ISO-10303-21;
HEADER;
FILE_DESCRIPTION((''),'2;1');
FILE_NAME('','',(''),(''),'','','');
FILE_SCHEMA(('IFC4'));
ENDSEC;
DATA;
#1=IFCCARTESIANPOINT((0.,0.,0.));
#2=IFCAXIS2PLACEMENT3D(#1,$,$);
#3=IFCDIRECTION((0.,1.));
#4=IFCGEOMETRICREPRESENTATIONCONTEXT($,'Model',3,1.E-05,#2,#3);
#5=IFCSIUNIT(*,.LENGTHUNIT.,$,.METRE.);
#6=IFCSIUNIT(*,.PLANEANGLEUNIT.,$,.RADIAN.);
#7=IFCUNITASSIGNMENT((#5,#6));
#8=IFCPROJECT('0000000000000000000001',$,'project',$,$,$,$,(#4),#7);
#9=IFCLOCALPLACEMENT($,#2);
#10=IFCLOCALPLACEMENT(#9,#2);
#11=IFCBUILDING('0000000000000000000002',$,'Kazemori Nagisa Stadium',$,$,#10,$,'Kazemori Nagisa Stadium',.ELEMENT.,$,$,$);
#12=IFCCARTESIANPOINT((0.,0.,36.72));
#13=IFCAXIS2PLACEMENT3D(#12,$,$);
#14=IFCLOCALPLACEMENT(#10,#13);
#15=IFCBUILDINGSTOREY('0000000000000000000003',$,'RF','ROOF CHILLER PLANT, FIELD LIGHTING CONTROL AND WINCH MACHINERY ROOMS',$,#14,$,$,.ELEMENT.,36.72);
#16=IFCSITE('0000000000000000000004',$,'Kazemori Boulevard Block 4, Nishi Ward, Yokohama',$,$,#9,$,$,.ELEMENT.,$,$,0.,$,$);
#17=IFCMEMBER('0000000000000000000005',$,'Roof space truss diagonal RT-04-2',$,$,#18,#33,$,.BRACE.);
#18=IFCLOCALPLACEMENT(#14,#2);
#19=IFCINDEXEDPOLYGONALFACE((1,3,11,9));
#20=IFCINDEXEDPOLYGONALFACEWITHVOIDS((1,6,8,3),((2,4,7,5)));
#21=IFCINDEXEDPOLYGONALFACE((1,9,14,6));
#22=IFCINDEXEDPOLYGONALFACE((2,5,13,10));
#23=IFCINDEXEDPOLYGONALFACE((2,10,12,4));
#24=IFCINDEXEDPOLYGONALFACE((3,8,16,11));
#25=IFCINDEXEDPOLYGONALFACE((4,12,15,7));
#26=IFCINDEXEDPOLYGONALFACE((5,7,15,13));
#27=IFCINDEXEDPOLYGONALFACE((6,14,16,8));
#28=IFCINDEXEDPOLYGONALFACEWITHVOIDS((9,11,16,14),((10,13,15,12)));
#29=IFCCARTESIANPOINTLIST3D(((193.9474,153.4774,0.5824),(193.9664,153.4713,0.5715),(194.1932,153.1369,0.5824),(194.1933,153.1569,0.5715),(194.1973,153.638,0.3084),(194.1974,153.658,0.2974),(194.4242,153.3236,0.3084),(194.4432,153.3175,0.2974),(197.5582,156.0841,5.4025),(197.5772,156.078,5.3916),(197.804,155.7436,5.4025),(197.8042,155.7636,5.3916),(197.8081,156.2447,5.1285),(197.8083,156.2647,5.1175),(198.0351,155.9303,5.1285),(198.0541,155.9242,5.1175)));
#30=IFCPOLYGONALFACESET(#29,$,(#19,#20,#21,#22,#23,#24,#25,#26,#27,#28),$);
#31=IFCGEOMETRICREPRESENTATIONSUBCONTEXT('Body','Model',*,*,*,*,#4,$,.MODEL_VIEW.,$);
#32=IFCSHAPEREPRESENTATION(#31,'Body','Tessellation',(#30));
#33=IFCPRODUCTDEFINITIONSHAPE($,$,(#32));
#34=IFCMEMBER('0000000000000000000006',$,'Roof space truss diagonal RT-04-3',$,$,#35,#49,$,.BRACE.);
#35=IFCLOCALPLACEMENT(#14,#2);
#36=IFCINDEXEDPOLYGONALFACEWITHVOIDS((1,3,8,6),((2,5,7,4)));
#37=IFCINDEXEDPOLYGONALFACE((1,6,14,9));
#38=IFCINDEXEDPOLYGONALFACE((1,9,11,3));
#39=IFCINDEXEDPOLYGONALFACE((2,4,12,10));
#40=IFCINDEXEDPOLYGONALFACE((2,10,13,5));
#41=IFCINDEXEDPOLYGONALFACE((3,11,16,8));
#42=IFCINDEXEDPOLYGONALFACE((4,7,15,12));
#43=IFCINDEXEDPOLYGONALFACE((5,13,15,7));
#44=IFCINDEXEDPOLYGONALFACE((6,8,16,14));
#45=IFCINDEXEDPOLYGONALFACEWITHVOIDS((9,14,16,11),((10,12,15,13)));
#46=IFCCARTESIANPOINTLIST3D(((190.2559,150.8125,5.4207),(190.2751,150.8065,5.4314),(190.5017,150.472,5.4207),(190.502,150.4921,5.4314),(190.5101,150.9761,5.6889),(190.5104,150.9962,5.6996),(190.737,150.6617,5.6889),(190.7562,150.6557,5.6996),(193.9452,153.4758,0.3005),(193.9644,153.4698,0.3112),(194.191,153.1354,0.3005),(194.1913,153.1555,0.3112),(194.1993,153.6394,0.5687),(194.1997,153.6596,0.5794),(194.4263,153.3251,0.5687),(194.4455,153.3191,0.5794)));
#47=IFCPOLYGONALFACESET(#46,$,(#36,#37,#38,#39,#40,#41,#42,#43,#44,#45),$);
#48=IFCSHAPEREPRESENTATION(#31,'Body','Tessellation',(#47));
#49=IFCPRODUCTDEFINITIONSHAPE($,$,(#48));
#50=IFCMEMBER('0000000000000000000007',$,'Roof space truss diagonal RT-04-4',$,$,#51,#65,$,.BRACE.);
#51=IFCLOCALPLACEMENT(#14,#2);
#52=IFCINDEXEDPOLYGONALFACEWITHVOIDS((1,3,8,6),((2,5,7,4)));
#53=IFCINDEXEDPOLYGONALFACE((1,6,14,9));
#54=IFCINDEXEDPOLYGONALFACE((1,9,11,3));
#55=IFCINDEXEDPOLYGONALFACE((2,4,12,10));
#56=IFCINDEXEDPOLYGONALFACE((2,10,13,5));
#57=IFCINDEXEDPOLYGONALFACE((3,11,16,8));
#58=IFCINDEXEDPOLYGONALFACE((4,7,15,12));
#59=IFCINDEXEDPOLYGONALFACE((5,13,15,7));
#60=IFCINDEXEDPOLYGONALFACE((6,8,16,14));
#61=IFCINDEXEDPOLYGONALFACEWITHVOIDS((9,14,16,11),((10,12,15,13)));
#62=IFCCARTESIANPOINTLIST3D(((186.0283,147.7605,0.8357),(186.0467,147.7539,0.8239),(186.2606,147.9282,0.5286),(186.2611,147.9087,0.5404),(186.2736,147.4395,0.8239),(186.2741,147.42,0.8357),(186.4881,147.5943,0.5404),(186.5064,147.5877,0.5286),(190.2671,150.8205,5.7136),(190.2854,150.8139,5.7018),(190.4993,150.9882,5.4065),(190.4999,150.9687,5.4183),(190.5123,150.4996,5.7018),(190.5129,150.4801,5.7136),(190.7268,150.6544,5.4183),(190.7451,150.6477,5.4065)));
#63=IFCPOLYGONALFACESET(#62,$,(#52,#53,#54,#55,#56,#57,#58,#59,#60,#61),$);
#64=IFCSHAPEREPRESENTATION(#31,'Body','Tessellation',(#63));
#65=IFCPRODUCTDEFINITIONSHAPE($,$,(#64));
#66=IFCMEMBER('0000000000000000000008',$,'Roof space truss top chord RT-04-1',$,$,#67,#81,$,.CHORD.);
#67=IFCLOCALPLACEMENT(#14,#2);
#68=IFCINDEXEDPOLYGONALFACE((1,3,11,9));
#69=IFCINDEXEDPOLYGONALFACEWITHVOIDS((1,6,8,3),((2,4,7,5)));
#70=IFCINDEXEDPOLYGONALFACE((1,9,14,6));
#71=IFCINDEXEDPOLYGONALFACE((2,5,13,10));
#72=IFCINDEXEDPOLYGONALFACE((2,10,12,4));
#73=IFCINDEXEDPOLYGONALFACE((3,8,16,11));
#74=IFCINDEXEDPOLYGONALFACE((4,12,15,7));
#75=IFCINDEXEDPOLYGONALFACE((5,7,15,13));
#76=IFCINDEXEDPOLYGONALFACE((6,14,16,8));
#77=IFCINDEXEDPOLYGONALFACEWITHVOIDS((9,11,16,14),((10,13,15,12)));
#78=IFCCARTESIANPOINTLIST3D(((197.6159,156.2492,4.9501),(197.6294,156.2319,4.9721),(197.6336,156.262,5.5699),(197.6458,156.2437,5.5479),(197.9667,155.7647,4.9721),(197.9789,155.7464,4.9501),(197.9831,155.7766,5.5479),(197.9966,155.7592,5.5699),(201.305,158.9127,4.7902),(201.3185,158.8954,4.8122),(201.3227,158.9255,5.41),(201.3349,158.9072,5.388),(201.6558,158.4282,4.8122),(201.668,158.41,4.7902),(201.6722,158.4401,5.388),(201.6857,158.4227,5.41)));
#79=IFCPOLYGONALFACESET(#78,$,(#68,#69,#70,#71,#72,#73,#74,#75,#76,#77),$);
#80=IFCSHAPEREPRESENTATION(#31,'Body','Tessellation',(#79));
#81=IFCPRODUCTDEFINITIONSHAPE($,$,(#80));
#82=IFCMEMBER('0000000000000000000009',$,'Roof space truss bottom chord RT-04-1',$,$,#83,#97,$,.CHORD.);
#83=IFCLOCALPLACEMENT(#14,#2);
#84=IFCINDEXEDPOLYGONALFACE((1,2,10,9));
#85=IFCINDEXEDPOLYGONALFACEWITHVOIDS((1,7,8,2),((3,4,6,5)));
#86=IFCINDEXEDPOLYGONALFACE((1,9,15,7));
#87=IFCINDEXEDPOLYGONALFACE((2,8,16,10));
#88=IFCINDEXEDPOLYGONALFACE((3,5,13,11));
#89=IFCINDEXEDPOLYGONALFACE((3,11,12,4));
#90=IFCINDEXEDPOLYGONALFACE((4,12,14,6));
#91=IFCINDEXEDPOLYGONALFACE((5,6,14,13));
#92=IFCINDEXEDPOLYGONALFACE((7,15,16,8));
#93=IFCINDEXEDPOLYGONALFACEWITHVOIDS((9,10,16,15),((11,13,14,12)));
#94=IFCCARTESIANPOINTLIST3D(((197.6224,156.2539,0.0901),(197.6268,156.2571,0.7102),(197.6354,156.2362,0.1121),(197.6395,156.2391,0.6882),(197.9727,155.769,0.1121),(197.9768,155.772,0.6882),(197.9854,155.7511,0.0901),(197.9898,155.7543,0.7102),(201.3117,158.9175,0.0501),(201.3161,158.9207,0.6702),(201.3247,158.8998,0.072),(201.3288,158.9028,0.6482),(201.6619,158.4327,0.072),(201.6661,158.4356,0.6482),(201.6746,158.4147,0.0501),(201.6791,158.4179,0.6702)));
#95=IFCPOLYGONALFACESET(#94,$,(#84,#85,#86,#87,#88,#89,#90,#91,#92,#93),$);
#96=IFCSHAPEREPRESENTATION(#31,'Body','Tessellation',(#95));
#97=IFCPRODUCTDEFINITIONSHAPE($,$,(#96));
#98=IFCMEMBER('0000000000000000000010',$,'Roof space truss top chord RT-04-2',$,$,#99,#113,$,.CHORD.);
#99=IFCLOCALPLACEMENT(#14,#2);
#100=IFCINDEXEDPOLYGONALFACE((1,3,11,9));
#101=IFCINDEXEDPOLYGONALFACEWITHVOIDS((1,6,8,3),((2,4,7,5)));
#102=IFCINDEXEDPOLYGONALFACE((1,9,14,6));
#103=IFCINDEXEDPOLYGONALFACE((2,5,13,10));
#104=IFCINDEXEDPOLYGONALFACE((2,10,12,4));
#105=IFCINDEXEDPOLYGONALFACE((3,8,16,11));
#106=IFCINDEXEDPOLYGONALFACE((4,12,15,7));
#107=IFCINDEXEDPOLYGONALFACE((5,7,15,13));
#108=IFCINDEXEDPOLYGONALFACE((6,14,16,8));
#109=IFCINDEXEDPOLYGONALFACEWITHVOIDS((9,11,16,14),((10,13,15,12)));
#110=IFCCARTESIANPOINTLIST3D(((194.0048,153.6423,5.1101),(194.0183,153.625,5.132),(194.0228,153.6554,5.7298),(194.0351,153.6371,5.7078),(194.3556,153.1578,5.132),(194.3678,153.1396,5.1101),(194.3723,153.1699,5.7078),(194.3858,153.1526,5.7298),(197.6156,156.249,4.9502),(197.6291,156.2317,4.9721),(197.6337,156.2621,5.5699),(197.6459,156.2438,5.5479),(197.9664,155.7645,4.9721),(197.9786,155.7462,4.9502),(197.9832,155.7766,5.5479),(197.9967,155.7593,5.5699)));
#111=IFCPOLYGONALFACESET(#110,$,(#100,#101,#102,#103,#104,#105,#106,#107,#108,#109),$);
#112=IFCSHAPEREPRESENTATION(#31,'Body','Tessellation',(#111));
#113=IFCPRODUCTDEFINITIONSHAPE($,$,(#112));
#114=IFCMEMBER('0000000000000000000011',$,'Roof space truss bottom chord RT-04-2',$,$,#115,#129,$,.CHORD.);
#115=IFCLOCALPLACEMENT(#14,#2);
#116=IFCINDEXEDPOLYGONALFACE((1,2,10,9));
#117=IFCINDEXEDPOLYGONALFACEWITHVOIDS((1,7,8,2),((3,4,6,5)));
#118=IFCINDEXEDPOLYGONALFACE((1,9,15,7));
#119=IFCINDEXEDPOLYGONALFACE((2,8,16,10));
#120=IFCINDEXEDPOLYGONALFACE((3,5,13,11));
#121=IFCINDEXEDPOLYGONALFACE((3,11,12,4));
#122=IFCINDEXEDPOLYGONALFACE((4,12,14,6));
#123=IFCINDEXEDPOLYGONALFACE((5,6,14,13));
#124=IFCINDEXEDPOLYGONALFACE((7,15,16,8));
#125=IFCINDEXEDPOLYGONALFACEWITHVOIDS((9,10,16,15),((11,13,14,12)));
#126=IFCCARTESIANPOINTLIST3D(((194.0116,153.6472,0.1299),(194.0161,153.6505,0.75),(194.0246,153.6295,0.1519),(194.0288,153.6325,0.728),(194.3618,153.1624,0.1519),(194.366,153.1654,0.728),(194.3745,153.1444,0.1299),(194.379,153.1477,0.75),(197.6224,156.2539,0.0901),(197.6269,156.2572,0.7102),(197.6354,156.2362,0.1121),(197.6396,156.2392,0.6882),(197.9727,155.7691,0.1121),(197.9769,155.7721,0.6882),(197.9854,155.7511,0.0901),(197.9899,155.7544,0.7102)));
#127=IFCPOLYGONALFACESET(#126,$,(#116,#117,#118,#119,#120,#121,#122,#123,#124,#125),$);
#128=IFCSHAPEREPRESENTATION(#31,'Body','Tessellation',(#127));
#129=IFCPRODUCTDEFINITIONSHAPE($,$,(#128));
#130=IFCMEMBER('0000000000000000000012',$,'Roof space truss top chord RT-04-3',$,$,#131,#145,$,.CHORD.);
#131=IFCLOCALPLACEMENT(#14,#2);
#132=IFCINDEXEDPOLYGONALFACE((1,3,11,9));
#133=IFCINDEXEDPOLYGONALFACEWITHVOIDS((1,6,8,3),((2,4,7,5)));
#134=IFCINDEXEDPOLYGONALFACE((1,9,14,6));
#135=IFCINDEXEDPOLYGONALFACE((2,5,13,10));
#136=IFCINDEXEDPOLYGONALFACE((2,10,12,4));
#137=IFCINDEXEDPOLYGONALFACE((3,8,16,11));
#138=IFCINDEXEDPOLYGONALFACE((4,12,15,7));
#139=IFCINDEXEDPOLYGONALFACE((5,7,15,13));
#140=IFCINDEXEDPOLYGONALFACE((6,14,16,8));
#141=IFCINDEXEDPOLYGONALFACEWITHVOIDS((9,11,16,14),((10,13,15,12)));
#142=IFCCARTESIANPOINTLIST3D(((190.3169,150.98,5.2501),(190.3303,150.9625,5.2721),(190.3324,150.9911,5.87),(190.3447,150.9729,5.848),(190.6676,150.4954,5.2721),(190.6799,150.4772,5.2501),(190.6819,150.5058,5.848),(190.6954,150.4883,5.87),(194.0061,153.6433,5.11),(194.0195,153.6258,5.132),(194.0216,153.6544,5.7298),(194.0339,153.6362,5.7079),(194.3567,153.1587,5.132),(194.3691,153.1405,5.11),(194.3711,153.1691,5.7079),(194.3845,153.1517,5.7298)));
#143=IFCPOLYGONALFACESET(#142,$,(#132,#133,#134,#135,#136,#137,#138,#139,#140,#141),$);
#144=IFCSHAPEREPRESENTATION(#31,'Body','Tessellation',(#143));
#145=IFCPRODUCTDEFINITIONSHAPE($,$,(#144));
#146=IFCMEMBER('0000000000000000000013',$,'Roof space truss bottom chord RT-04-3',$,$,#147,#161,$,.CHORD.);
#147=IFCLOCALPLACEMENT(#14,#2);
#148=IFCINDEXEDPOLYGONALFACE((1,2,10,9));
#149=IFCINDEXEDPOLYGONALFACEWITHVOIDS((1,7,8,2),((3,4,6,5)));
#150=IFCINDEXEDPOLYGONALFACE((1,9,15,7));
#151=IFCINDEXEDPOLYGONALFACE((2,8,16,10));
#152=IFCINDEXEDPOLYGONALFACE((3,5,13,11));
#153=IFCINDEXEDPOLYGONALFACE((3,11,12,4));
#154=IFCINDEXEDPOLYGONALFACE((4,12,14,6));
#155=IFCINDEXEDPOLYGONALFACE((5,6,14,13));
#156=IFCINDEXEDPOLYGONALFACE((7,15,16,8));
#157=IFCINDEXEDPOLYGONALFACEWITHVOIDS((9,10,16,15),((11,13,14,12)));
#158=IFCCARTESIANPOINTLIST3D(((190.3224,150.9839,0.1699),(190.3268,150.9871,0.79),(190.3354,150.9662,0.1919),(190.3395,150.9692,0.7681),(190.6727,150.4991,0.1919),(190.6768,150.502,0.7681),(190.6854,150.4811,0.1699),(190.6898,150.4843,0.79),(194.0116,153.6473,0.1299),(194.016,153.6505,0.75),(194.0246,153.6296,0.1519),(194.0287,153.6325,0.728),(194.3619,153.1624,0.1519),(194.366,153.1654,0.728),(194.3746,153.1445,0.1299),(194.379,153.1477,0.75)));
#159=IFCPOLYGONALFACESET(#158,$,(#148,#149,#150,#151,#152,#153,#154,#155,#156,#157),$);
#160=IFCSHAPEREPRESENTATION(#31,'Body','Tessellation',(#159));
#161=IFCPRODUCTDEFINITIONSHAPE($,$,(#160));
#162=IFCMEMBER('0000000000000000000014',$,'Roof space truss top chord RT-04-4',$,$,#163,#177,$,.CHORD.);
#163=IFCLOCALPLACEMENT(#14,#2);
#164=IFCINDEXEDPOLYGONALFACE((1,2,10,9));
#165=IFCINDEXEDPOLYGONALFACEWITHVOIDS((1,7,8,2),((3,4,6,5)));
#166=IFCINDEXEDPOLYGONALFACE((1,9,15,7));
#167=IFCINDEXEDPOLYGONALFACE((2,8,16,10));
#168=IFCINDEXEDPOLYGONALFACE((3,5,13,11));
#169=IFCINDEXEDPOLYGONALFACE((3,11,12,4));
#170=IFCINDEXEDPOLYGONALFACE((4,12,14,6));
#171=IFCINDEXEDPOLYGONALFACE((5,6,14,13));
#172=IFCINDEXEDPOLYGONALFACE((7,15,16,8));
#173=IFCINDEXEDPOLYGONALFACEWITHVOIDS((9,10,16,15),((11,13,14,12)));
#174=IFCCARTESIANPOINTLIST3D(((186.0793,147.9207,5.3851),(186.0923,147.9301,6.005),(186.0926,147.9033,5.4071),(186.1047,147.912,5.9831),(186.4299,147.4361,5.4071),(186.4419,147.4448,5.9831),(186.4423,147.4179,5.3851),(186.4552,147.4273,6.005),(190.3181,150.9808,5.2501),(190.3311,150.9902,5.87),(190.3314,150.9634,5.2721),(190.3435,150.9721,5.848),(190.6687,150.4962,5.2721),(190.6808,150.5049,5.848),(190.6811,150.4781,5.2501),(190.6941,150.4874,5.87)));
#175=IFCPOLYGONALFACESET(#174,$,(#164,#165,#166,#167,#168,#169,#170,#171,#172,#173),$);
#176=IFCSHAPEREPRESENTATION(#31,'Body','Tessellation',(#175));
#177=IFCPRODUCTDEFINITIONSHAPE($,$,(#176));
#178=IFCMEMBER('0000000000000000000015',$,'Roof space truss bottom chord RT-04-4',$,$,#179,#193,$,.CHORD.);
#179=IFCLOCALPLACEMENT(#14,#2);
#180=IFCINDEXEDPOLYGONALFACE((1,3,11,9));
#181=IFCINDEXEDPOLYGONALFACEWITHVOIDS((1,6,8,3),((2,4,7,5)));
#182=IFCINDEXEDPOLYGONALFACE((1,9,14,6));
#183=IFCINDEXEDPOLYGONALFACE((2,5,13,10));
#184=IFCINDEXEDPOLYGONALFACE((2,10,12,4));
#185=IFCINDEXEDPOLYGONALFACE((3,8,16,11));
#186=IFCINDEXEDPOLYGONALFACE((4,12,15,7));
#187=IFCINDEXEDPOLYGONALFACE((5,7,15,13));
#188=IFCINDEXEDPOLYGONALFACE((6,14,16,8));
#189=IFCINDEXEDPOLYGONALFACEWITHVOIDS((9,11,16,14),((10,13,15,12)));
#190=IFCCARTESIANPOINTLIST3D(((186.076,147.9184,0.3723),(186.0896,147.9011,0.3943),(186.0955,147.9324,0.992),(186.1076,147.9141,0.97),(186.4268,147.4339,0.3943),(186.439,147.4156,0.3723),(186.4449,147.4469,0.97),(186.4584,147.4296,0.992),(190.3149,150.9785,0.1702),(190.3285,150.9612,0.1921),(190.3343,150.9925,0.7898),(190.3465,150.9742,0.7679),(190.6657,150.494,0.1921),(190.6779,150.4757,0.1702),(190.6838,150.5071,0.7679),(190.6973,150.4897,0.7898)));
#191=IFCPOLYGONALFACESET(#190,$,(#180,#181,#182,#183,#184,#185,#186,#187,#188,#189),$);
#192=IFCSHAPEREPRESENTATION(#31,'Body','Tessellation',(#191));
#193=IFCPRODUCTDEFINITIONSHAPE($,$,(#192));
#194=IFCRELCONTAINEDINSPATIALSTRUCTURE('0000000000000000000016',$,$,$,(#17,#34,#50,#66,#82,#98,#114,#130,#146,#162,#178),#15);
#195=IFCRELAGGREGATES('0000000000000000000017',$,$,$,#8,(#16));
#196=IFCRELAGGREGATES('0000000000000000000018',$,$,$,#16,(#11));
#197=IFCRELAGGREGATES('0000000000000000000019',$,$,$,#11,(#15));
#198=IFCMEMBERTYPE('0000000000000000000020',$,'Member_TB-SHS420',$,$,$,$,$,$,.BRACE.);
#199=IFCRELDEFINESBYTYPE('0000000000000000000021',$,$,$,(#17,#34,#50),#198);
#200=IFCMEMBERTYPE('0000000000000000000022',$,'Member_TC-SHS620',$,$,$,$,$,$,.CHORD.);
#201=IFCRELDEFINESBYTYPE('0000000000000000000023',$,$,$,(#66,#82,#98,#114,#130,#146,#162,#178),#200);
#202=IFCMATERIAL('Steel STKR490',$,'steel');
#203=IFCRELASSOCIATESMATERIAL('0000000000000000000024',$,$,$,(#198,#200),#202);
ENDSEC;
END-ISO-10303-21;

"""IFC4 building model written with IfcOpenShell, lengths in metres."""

from ifc_helpers import new_model, si_unit, direction, frame, origin, origin_2d, place, context, subcontext, project, spatial, hollow_rectangle, extrude, material, material_profile, profile_set, type_object, element, save


model = new_model("IFC4")

# Units and contexts
model_context = context("Model", 3, precision=1e-05, world=origin(), true_north=direction((0.0, 1.0)))
body_context = subcontext(model_context, "Body", "Model", "MODEL_VIEW")
ifc_project = project(units=[si_unit("LENGTHUNIT", "METRE"), si_unit("PLANEANGLEUNIT", "RADIAN")], contexts=[model_context])

# Site, building, storey
site_placement = place(None, origin())
site = spatial("IfcSite", under=ifc_project, at=site_placement, Name="Kazemori Boulevard Block 4, Nishi Ward, Yokohama", CompositionType="ELEMENT", RefElevation=0.0)
building_placement = place(site_placement, origin())
building = spatial("IfcBuilding", under=site, at=building_placement, Name="Kazemori Nagisa Stadium", LongName="Kazemori Nagisa Stadium", CompositionType="ELEMENT")
storey_placement = place(building_placement, frame((0.0, 0.0, 36.72)))
storey = spatial("IfcBuildingStorey", under=building, at=storey_placement, Name="RF", Description="ROOF CHILLER PLANT, FIELD LIGHTING CONTROL AND WINCH MACHINERY ROOMS", CompositionType="ELEMENT", Elevation=36.72)

# Members
ifc_material_1 = material(Name="Steel STKR490", Category="steel")
ifc_material_profile_1 = material_profile(ifc_material_1, hollow_rectangle(XDim=0.4199, YDim=0.4199, WallThickness=0.0161, at=origin_2d()), Name="SHS-420x420x16")
ifc_profile_set_1 = profile_set([ifc_material_profile_1], Name="Steel STKR490")
member_type_1 = type_object("IfcMemberType", Name="Member_TB-SHS420", PredefinedType="BRACE", material=ifc_profile_set_1)
member_1_placement = place(storey_placement, frame((197.8062, 156.0042, 5.26), z_axis=(-0.550225, -0.397211, -0.73449), x_axis=(0.585322, -0.810801, 0.0)))
element("IfcMember", 1, at=member_1_placement, inside=storey, type_object=member_type_1, Name="Roof space truss diagonal RT-04-2", PredefinedType="BRACE", context=body_context, shape_type="SweptSolid", body=[
    extrude(hollow_rectangle(XDim=0.4199, YDim=0.4199, WallThickness=0.0161, at=origin_2d()), origin(), (0.0, 0.0, 1.0), 6.5625),
])
member_2_placement = place(storey_placement, frame((194.1953, 153.3975, 0.4399), z_axis=(-0.53859, -0.388821, 0.747489), x_axis=(0.585332, -0.810794, 0.0)))
element("IfcMember", 2, at=member_2_placement, inside=storey, type_object=member_type_1, Name="Roof space truss diagonal RT-04-3", PredefinedType="BRACE", context=body_context, shape_type="SweptSolid", body=[
    extrude(hollow_rectangle(XDim=0.4199, YDim=0.4199, WallThickness=0.0161, at=origin_2d()), origin(), (0.0, 0.0, 1.0), 6.8499),
])
member_3_placement = place(storey_placement, frame((190.5061, 150.7341, 5.5601), z_axis=(-0.592819, -0.427968, -0.682209), x_axis=(0.58533, -0.810795, 0.0)))
element("IfcMember", 3, at=member_3_placement, inside=storey, type_object=member_type_1, Name="Roof space truss diagonal RT-04-4", PredefinedType="BRACE", context=body_context, shape_type="SweptSolid", body=[
    extrude(hollow_rectangle(XDim=0.4199, YDim=0.4199, WallThickness=0.0161, at=origin_2d()), origin(), (0.0, 0.0, 1.0), 7.1501),
])
ifc_material_profile_2 = material_profile(ifc_material_1, hollow_rectangle(XDim=0.6201, YDim=0.6201, WallThickness=0.022, at=origin_2d()), Name="SHS-620x620x22")
ifc_profile_set_2 = profile_set([ifc_material_profile_2], Name="Steel STKR490")
member_type_2 = type_object("IfcMemberType", Name="Member_TC-SHS620", PredefinedType="CHORD", material=ifc_profile_set_2)
member_4_placement = place(storey_placement, frame((201.4954, 158.6677, 5.1001), z_axis=(-0.810268, -0.585006, 0.035122), x_axis=(0.585367, -0.810768, 0.0)))
element("IfcMember", 4, at=member_4_placement, inside=storey, type_object=member_type_2, Name="Roof space truss top chord RT-04-1", PredefinedType="CHORD", context=body_context, shape_type="SweptSolid", body=[
    extrude(hollow_rectangle(XDim=0.6201, YDim=0.6201, WallThickness=0.022, at=origin_2d()), origin(), (0.0, 0.0, 1.0), 4.553),
])
member_5_placement = place(storey_placement, frame((201.4954, 158.6677, 0.3601), z_axis=(-0.810737, -0.585344, 0.008799), x_axis=(0.585367, -0.810768, 0.0)))
element("IfcMember", 5, at=member_5_placement, inside=storey, type_object=member_type_2, Name="Roof space truss bottom chord RT-04-1", PredefinedType="CHORD", context=body_context, shape_type="SweptSolid", body=[
    extrude(hollow_rectangle(XDim=0.6201, YDim=0.6201, WallThickness=0.022, at=origin_2d()), origin(), (0.0, 0.0, 1.0), 4.5505),
])
member_6_placement = place(storey_placement, frame((197.8062, 156.0042, 5.26), z_axis=(-0.810278, -0.584945, 0.035885), x_axis=(0.585322, -0.810801, 0.0)))
element("IfcMember", 6, at=member_6_placement, inside=storey, type_object=member_type_2, Name="Roof space truss top chord RT-04-2", PredefinedType="CHORD", context=body_context, shape_type="SweptSolid", body=[
    extrude(hollow_rectangle(XDim=0.6201, YDim=0.6201, WallThickness=0.022, at=origin_2d()), origin(), (0.0, 0.0, 1.0), 4.4563),
])
member_7_placement = place(storey_placement, frame((197.8062, 156.0042, 0.4001), z_axis=(-0.810768, -0.585299, 0.008935), x_axis=(0.585322, -0.810801, 0.0)))
element("IfcMember", 7, at=member_7_placement, inside=storey, type_object=member_type_2, Name="Roof space truss bottom chord RT-04-2", PredefinedType="CHORD", context=body_context, shape_type="SweptSolid", body=[
    extrude(hollow_rectangle(XDim=0.6201, YDim=0.6201, WallThickness=0.022, at=origin_2d()), origin(), (0.0, 0.0, 1.0), 4.4536),
])
member_8_placement = place(storey_placement, frame((194.1953, 153.3975, 5.4199), z_axis=(-0.81041, -0.585054, 0.030784), x_axis=(0.585332, -0.810794, 0.0)))
element("IfcMember", 8, at=member_8_placement, inside=storey, type_object=member_type_2, Name="Roof space truss top chord RT-04-3", PredefinedType="CHORD", context=body_context, shape_type="SweptSolid", body=[
    extrude(hollow_rectangle(XDim=0.6201, YDim=0.6201, WallThickness=0.022, at=origin_2d()), origin(), (0.0, 0.0, 1.0), 4.5522),
])
member_9_placement = place(storey_placement, frame((194.1953, 153.3975, 0.4399), z_axis=(-0.810762, -0.585309, 0.008799), x_axis=(0.585332, -0.810794, 0.0)))
element("IfcMember", 9, at=member_9_placement, inside=storey, type_object=member_type_2, Name="Roof space truss bottom chord RT-04-3", PredefinedType="CHORD", context=body_context, shape_type="SweptSolid", body=[
    extrude(hollow_rectangle(XDim=0.6201, YDim=0.6201, WallThickness=0.022, at=origin_2d()), origin(), (0.0, 0.0, 1.0), 4.5503),
])
member_10_placement = place(storey_placement, frame((190.5061, 150.7341, 5.5601), z_axis=(-0.810525, -0.585135, 0.025816), x_axis=(0.58533, -0.810795, 0.0)))
element("IfcMember", 10, at=member_10_placement, inside=storey, type_object=member_type_2, Name="Roof space truss top chord RT-04-4", PredefinedType="CHORD", context=body_context, shape_type="SweptSolid", body=[
    extrude(hollow_rectangle(XDim=0.6201, YDim=0.6201, WallThickness=0.022, at=origin_2d()), origin(), (0.0, 0.0, 1.0), 5.2297),
])
member_11_placement = place(storey_placement, frame((190.5061, 150.7341, 0.48), z_axis=(-0.81019, -0.584893, 0.038638), x_axis=(0.58533, -0.810795, 0.0)))
element("IfcMember", 11, at=member_11_placement, inside=storey, type_object=member_type_2, Name="Roof space truss bottom chord RT-04-4", PredefinedType="CHORD", context=body_context, shape_type="SweptSolid", body=[
    extrude(hollow_rectangle(XDim=0.6201, YDim=0.6201, WallThickness=0.022, at=origin_2d()), origin(), (0.0, 0.0, 1.0), 5.2319),
])

save(model, "model.ifc")
